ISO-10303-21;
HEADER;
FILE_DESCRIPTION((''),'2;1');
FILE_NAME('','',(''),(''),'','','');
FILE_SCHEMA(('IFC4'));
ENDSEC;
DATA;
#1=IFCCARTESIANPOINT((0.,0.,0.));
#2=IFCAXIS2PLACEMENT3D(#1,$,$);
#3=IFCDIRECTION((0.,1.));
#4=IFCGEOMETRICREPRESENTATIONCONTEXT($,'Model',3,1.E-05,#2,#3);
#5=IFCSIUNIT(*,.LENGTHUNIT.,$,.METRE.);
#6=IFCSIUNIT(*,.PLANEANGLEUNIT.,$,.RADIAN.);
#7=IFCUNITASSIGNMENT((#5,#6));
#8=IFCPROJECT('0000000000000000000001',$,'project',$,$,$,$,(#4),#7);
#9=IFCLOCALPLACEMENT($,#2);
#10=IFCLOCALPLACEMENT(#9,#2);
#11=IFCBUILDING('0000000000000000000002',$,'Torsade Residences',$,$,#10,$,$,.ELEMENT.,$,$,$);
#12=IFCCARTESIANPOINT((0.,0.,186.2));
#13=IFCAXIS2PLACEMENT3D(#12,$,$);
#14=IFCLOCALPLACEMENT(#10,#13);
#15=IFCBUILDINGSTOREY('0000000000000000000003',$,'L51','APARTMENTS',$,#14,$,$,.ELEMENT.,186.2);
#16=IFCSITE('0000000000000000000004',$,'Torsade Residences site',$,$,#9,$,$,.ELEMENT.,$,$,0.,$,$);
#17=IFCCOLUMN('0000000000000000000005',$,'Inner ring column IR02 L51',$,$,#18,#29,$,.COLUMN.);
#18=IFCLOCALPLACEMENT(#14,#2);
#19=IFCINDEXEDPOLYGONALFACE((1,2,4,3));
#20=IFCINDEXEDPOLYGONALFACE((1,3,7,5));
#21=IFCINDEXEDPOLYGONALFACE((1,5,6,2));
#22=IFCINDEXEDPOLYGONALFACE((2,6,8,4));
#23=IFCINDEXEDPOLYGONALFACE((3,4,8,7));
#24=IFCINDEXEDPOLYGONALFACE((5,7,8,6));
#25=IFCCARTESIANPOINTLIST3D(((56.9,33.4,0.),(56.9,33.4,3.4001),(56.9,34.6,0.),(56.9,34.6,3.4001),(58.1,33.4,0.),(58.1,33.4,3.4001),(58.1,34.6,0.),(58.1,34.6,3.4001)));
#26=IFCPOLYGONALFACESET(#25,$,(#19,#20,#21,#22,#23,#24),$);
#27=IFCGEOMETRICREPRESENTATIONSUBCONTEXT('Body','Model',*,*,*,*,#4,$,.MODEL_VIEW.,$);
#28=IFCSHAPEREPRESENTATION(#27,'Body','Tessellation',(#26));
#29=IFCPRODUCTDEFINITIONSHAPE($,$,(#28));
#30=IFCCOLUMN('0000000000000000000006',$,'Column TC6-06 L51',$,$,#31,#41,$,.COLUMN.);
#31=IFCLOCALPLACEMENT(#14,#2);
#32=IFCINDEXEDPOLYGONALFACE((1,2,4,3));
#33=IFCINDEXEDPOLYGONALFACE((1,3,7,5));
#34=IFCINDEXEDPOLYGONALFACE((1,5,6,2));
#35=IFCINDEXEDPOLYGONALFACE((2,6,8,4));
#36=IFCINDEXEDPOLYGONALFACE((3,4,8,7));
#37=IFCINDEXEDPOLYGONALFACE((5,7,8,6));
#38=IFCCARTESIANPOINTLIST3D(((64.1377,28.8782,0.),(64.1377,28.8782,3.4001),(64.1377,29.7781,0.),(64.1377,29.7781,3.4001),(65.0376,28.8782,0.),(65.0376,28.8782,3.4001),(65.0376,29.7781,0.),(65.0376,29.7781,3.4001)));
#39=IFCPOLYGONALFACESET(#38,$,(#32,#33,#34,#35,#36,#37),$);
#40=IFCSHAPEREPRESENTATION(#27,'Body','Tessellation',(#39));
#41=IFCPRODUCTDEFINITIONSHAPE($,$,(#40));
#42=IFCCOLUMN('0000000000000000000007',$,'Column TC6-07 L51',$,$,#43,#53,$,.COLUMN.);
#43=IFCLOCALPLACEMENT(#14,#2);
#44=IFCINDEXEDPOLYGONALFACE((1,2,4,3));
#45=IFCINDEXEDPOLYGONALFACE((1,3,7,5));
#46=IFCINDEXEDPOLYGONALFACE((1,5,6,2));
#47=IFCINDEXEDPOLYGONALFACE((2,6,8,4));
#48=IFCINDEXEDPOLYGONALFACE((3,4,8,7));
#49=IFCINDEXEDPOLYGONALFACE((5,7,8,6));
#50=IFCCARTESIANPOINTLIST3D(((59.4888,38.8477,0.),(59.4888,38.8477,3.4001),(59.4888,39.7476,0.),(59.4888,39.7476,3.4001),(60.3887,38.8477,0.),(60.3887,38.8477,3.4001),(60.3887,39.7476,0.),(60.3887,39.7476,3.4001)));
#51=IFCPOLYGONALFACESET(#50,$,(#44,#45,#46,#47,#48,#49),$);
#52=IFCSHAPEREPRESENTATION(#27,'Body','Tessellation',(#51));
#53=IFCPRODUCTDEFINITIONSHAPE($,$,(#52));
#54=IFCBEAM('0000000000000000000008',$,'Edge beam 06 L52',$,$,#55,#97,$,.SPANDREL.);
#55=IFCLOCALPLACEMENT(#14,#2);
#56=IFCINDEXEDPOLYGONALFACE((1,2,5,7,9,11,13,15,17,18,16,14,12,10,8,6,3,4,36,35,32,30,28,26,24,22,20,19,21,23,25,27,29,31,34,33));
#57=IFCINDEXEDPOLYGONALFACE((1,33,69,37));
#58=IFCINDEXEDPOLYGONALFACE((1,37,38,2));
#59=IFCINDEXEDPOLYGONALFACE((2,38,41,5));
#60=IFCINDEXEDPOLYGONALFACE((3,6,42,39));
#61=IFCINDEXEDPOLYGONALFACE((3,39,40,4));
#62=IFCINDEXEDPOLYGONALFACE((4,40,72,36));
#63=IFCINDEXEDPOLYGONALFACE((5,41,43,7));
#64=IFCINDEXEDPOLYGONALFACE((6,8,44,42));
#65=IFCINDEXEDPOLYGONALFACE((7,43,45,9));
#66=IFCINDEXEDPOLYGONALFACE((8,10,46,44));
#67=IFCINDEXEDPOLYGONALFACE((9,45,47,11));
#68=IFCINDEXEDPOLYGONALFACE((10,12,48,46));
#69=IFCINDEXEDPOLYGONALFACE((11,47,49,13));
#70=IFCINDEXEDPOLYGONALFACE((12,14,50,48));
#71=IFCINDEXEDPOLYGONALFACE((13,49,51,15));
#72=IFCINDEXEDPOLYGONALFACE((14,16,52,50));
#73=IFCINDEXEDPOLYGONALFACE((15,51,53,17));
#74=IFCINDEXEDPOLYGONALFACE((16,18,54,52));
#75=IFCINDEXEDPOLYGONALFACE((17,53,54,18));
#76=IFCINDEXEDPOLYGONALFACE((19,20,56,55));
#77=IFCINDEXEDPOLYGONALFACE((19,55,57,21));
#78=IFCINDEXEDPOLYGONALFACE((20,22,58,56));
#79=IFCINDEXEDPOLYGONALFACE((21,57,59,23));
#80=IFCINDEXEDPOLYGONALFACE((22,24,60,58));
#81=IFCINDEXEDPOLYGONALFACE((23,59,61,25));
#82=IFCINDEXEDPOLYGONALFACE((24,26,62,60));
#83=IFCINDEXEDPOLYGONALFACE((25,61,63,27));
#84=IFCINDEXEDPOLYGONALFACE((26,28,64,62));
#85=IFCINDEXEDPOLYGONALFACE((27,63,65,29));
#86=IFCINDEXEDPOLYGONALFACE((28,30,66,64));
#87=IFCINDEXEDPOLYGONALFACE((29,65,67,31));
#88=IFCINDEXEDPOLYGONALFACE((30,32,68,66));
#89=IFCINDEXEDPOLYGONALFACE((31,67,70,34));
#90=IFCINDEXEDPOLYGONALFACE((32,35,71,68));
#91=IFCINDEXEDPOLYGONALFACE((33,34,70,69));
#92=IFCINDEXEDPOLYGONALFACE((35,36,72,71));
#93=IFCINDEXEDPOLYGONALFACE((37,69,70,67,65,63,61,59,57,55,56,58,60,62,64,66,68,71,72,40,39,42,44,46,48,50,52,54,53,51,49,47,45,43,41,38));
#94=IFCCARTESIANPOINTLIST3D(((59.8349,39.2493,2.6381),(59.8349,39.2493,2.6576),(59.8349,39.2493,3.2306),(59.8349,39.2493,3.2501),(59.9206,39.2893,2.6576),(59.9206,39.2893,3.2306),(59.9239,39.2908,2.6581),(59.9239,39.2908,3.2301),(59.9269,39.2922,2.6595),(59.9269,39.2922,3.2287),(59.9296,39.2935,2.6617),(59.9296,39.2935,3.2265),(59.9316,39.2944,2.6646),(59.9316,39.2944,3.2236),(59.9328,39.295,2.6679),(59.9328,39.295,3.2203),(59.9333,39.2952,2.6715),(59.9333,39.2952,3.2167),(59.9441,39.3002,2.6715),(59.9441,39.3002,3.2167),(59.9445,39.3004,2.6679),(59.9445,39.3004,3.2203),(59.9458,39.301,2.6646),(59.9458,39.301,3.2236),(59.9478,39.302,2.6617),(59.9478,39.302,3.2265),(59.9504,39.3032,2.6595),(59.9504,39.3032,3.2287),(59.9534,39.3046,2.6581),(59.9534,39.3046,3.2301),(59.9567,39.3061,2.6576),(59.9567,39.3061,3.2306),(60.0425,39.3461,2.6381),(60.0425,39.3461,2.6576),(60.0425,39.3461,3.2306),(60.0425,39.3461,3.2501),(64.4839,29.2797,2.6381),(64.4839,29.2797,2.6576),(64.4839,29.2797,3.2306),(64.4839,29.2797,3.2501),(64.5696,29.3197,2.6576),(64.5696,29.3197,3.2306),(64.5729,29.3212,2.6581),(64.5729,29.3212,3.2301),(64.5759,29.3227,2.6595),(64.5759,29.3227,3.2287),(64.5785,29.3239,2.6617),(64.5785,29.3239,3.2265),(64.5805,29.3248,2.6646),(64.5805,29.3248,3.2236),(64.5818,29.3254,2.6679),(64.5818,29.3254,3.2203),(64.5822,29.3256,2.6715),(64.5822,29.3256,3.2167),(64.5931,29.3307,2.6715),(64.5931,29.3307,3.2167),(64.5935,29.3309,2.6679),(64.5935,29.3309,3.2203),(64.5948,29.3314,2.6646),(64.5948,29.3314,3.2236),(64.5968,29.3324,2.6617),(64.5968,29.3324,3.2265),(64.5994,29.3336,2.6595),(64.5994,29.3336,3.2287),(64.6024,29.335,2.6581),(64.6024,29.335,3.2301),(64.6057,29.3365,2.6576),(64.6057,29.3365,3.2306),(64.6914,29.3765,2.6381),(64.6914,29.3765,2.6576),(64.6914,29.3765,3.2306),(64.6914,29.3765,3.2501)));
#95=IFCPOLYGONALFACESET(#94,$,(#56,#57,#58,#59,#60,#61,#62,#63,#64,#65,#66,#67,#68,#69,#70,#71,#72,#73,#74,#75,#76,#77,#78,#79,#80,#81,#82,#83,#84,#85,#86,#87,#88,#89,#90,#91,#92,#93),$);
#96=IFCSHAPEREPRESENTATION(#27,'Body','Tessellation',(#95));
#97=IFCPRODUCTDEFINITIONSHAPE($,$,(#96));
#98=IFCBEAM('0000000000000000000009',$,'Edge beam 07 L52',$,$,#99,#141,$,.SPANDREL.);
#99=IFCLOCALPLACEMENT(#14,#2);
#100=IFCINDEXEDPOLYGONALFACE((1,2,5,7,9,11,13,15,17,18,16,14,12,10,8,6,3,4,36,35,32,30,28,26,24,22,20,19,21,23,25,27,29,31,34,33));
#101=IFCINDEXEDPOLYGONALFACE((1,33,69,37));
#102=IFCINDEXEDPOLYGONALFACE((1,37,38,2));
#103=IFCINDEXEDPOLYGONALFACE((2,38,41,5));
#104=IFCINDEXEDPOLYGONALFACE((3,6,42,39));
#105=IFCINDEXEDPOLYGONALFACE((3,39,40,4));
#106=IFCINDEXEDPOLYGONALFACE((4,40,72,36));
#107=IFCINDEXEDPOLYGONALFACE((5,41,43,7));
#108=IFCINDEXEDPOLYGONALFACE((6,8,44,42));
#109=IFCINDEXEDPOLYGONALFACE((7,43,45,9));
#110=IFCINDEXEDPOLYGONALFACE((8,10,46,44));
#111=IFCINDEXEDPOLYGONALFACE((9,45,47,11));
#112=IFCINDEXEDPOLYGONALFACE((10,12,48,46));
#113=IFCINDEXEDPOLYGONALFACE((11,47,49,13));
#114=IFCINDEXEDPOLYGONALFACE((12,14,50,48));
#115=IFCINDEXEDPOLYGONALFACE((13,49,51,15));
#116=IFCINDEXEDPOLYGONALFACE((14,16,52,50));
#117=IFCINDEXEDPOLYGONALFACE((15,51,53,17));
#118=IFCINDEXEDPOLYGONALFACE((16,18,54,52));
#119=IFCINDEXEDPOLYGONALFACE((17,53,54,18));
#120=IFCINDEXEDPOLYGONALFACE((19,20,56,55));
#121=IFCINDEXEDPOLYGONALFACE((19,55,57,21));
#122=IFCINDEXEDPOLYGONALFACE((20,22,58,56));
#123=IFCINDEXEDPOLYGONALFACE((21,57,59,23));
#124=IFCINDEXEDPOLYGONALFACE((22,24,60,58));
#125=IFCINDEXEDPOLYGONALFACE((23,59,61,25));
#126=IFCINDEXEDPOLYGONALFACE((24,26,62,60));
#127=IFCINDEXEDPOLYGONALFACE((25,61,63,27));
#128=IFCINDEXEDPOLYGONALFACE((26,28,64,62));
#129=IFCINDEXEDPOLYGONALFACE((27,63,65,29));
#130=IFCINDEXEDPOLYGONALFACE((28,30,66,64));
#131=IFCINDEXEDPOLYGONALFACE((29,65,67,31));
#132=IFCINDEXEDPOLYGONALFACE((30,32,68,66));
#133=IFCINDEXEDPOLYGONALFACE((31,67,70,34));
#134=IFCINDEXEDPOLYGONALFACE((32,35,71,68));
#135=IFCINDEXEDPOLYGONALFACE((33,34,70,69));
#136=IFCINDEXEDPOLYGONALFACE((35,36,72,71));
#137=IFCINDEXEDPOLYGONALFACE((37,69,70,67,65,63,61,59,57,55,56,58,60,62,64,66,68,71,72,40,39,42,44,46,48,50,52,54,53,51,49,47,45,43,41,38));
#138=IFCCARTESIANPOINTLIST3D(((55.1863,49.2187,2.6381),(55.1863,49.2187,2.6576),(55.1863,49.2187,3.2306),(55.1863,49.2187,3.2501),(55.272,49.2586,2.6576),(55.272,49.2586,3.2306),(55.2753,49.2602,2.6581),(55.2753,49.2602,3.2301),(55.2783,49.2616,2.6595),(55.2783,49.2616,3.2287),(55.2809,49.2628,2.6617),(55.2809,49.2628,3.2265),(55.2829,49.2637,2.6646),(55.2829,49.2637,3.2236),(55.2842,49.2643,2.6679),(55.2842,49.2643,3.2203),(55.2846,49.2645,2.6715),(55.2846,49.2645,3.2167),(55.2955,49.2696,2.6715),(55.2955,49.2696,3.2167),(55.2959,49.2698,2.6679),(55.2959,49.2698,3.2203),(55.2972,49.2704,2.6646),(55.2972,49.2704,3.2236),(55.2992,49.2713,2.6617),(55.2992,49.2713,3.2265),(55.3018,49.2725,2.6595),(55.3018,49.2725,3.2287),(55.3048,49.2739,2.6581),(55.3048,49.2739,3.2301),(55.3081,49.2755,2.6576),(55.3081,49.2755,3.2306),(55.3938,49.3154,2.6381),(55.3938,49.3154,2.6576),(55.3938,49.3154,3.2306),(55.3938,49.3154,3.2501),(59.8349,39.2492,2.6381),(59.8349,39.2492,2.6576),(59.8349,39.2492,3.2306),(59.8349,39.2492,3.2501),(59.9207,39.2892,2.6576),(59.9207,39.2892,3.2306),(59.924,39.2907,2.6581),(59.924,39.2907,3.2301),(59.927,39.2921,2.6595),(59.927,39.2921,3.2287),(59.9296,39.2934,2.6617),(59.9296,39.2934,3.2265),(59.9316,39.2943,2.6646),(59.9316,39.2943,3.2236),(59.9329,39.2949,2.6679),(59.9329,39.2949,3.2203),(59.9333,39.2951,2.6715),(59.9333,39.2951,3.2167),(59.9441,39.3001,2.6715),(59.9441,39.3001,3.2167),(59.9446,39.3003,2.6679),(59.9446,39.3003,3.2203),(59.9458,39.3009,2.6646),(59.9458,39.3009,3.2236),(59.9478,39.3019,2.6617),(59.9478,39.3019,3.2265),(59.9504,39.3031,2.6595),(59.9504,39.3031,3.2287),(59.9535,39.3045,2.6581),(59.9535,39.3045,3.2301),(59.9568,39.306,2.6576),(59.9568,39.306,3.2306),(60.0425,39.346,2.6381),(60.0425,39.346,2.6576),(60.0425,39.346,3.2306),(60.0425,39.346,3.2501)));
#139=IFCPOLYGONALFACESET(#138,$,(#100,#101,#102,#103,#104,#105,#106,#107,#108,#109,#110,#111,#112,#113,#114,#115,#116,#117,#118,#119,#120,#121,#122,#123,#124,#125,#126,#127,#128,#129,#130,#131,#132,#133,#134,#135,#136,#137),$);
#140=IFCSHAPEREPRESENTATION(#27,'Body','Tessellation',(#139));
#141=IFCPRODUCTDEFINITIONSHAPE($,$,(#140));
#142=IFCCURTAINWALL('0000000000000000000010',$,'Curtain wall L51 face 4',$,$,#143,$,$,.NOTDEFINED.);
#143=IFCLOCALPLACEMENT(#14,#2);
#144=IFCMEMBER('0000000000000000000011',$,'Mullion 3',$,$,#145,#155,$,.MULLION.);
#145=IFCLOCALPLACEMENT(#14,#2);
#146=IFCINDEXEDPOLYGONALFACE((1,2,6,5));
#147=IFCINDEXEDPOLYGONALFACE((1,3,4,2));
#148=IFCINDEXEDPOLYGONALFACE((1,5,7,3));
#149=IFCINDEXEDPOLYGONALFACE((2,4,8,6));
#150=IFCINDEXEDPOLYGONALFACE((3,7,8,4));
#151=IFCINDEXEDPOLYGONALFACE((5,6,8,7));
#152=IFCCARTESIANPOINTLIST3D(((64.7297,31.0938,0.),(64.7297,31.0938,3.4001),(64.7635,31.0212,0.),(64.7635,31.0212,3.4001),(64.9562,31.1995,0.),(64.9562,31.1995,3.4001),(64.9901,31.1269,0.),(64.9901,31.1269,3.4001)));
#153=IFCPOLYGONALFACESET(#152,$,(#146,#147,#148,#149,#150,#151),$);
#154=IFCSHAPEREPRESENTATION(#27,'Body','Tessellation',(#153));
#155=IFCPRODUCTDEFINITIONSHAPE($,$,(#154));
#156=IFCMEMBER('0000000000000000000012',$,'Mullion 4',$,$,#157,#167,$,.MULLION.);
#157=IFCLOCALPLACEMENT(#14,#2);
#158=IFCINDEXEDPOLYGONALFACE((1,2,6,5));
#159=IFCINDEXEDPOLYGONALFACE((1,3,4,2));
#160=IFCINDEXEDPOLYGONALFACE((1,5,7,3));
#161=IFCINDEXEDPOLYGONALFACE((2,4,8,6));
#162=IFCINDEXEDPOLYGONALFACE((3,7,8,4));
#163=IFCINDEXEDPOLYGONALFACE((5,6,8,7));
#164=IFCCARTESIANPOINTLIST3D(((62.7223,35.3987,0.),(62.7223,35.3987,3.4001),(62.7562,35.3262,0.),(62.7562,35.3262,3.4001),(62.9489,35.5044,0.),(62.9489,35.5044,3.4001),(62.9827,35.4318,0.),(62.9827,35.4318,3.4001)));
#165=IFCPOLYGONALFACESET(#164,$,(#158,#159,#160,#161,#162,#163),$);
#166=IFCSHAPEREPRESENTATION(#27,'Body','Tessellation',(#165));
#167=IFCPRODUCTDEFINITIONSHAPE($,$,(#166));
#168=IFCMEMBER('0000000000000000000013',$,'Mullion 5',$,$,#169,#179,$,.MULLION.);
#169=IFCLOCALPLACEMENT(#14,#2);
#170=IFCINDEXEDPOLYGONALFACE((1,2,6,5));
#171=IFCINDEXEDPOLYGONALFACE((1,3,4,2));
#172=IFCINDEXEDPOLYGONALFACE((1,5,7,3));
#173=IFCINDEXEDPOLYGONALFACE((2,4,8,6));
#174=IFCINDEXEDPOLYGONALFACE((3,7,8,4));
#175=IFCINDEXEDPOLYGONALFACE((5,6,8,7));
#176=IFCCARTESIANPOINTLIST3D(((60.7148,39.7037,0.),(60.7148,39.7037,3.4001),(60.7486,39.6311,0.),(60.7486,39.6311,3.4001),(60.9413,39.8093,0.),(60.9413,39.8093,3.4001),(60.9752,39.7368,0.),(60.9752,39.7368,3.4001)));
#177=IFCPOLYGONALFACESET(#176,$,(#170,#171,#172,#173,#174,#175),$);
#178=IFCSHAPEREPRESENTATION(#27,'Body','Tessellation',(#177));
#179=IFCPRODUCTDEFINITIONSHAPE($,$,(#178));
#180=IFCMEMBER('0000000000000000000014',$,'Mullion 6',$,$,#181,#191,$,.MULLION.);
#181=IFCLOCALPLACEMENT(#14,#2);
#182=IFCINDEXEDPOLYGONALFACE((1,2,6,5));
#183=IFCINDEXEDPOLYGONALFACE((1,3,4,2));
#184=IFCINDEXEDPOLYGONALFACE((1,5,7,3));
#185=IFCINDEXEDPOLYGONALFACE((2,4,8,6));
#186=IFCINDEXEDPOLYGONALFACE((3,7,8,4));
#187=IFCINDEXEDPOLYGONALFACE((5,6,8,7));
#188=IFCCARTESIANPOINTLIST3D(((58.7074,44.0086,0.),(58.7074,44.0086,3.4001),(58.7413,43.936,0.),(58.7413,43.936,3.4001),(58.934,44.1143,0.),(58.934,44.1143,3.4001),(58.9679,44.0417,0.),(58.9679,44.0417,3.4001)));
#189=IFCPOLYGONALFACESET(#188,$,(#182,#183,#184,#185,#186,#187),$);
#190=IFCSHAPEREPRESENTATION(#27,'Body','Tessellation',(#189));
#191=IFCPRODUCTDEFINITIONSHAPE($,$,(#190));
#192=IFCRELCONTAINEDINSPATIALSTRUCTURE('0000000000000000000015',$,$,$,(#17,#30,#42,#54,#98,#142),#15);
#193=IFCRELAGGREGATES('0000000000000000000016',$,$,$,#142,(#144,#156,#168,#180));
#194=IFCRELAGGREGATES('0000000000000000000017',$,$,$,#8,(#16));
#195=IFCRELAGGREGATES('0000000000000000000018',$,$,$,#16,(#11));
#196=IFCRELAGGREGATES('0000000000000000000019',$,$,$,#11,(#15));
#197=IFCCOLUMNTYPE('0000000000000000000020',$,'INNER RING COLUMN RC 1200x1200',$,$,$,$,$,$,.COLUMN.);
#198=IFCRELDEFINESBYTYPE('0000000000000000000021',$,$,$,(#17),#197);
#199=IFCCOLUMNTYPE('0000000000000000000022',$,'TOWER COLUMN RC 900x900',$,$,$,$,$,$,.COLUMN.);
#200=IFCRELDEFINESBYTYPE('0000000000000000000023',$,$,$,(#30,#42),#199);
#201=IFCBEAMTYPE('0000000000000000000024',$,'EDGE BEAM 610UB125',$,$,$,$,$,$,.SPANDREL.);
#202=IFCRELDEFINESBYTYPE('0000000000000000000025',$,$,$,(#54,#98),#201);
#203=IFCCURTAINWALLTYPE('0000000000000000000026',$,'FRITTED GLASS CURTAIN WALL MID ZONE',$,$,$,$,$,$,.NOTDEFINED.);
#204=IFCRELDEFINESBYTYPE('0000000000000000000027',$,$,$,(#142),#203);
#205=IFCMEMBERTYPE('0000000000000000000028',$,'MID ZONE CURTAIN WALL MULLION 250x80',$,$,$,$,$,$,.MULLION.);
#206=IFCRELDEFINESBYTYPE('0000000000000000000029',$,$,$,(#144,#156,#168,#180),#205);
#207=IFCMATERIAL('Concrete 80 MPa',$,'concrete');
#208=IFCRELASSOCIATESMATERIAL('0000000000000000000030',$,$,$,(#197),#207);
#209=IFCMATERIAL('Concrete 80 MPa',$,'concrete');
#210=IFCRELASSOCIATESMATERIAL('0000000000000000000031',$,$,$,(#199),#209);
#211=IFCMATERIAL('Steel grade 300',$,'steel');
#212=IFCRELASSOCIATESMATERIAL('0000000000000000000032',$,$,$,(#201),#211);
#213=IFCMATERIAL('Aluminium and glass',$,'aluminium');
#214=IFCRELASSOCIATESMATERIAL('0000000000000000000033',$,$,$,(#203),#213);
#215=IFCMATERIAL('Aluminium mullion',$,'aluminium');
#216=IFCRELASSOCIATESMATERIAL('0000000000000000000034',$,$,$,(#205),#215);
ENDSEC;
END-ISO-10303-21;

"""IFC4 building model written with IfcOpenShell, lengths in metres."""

from ifc_helpers import new_model, si_unit, direction, frame, origin, origin_2d, place, context, subcontext, project, spatial, rectangle, i_section, extrude, material, material_profile, profile_set, type_object, element, aggregate, save


model = new_model("IFC4")

# Units and contexts
model_context = context("Model", 3, precision=1e-05, world=origin(), true_north=direction((0.0, 1.0)))
body_context = subcontext(model_context, "Body", "Model", "MODEL_VIEW")
ifc_project = project(units=[si_unit("LENGTHUNIT", "METRE"), si_unit("PLANEANGLEUNIT", "RADIAN")], contexts=[model_context])

# Site, building, storey
site_placement = place(None, origin())
site = spatial("IfcSite", under=ifc_project, at=site_placement, Name="Torsade Residences site", CompositionType="ELEMENT", RefElevation=0.0)
building_placement = place(site_placement, origin())
building = spatial("IfcBuilding", under=site, at=building_placement, Name="Torsade Residences", CompositionType="ELEMENT")
storey_placement = place(building_placement, frame((0.0, 0.0, 186.2)))
storey = spatial("IfcBuildingStorey", under=building, at=storey_placement, Name="L51", Description="APARTMENTS", CompositionType="ELEMENT", Elevation=186.2)

# Columns
ifc_material_1 = material(Name="Concrete 80 MPa", Category="concrete")
ifc_material_profile_1 = material_profile(ifc_material_1, rectangle(XDim=1.2, YDim=1.2, at=origin_2d()), Name="RC 1200x1200")
ifc_profile_set_1 = profile_set([ifc_material_profile_1], Name="Concrete 80 MPa")
column_type_1 = type_object("IfcColumnType", Name="INNER RING COLUMN RC 1200x1200", PredefinedType="COLUMN", material=ifc_profile_set_1)
column_placement = place(storey_placement, frame((57.5, 34.0, 0.0), z_axis=(0.0, 0.0, 1.0), x_axis=(1.0, 0.0, 0.0)))
element("IfcColumn", 1, at=column_placement, inside=storey, type_object=column_type_1, Name="Inner ring column IR02 L51", PredefinedType="COLUMN", context=body_context, shape_type="SweptSolid", body=[
    extrude(rectangle(XDim=1.2, YDim=1.2, at=origin_2d()), origin(), (0.0, 0.0, 1.0), 3.4001),
])
ifc_material_2 = material(Name="Concrete 80 MPa", Category="concrete")
ifc_material_profile_2 = material_profile(ifc_material_2, rectangle(XDim=0.8999, YDim=0.8999, at=origin_2d()), Name="RC 900x900")
ifc_profile_set_2 = profile_set([ifc_material_profile_2], Name="Concrete 80 MPa")
column_type_2 = type_object("IfcColumnType", Name="TOWER COLUMN RC 900x900", PredefinedType="COLUMN", material=ifc_profile_set_2)
for number, where, z_axis, x_axis, name in (
    (2, (64.5876, 29.3281, 0.0), (0.0, 0.0, 1.0), (1.0, 0.0, 0.0), "Column TC6-06 L51"),
    (3, (59.9387, 39.2976, 0.0), (0.0, 0.0, 1.0), (1.0, 0.0, 0.0), "Column TC6-07 L51"),
):
    element("IfcColumn", number, at=place(storey_placement, frame(where, z_axis=z_axis, x_axis=x_axis)), inside=storey, type_object=column_type_2, Name=name, PredefinedType="COLUMN", context=body_context, shape_type="SweptSolid", body=[
        extrude(rectangle(XDim=0.8999, YDim=0.8999, at=origin_2d()), origin(), (0.0, 0.0, 1.0), 3.4001),
    ])

# Beams
ifc_material_3 = material(Name="Steel grade 300", Category="steel")
ifc_material_profile_3 = material_profile(ifc_material_3, i_section(OverallWidth=0.229, OverallDepth=0.6121, WebThickness=0.012, FlangeThickness=0.0195, FilletRadius=0.0139, at=origin_2d()), Name="610UB125")
ifc_profile_set_3 = profile_set([ifc_material_profile_3], Name="Steel grade 300")
beam_type_1 = type_object("IfcBeamType", Name="EDGE BEAM 610UB125", PredefinedType="SPANDREL", material=ifc_profile_set_3)
beam_1_placement = place(storey_placement, frame((64.5876, 29.3281, 2.9441), z_axis=(-0.422624, 0.906305, 0.0), x_axis=(-0.906305, -0.422624, 0.0)))
element("IfcBeam", 4, at=beam_1_placement, inside=storey, type_object=beam_type_1, Name="Edge beam 06 L52", PredefinedType="SPANDREL", context=body_context, shape_type="SweptSolid", body=[
    extrude(i_section(OverallWidth=0.229, OverallDepth=0.6121, WebThickness=0.012, FlangeThickness=0.0195, FilletRadius=0.0139, at=origin_2d()), origin(), (0.0, 0.0, 1.0), 11.0002),
])
beam_2_placement = place(storey_placement, frame((59.9387, 39.2976, 2.9441), z_axis=(-0.422606, 0.906314, 0.0), x_axis=(-0.906314, -0.422606, 0.0)))
element("IfcBeam", 5, at=beam_2_placement, inside=storey, type_object=beam_type_1, Name="Edge beam 07 L52", PredefinedType="SPANDREL", context=body_context, shape_type="SweptSolid", body=[
    extrude(i_section(OverallWidth=0.229, OverallDepth=0.6121, WebThickness=0.012, FlangeThickness=0.0195, FilletRadius=0.0139, at=origin_2d()), origin(), (0.0, 0.0, 1.0), 11.0),
])

# Curtain wall, members
ifc_material_4 = material(Name="Aluminium and glass", Category="aluminium")
curtain_wall_type = type_object("IfcCurtainWallType", Name="FRITTED GLASS CURTAIN WALL MID ZONE", PredefinedType="NOTDEFINED", material=ifc_material_4)
curtain_wall_placement = place(storey_placement, origin())
curtain_wall = element("IfcCurtainWall", 6, at=curtain_wall_placement, inside=storey, type_object=curtain_wall_type, Name="Curtain wall L51 face 4", PredefinedType="NOTDEFINED")
ifc_material_5 = material(Name="Aluminium mullion", Category="aluminium")
ifc_material_profile_4 = material_profile(ifc_material_5, rectangle(XDim=0.25, YDim=0.0801, at=origin_2d()), Name="MID ZONE CURTAIN WALL MULLION 250x80")
ifc_profile_set_4 = profile_set([ifc_material_profile_4], Name="Aluminium mullion")
member_type_1 = type_object("IfcMemberType", Name="MID ZONE CURTAIN WALL MULLION 250x80", PredefinedType="MULLION", material=ifc_profile_set_4)
member_1_placement = place(storey_placement, frame((64.8599, 31.1104, 0.0), z_axis=(0.0, 0.0, 1.0), x_axis=(-0.906308, -0.422618, 0.0)))
member_1 = element("IfcMember", 7, at=member_1_placement, type_object=member_type_1, Name="Mullion 3", PredefinedType="MULLION", context=body_context, shape_type="SweptSolid", body=[
    extrude(rectangle(XDim=0.25, YDim=0.0801, at=origin_2d()), origin(), (0.0, 0.0, 1.0), 3.4001),
])
member_2_placement = place(storey_placement, frame((62.8525, 35.4153, 0.0), z_axis=(0.0, 0.0, 1.0), x_axis=(-0.906308, -0.422618, 0.0)))
member_2 = element("IfcMember", 8, at=member_2_placement, type_object=member_type_1, Name="Mullion 4", PredefinedType="MULLION", context=body_context, shape_type="SweptSolid", body=[
    extrude(rectangle(XDim=0.25, YDim=0.0801, at=origin_2d()), origin(), (0.0, 0.0, 1.0), 3.4001),
])
member_3_placement = place(storey_placement, frame((60.845, 39.7202, 0.0), z_axis=(0.0, 0.0, 1.0), x_axis=(-0.906308, -0.422618, 0.0)))
member_3 = element("IfcMember", 9, at=member_3_placement, type_object=member_type_1, Name="Mullion 5", PredefinedType="MULLION", context=body_context, shape_type="SweptSolid", body=[
    extrude(rectangle(XDim=0.25, YDim=0.0801, at=origin_2d()), origin(), (0.0, 0.0, 1.0), 3.4001),
])
member_4_placement = place(storey_placement, frame((58.8376, 44.0251, 0.0), z_axis=(0.0, 0.0, 1.0), x_axis=(-0.906308, -0.422618, 0.0)))
member_4 = element("IfcMember", 10, at=member_4_placement, type_object=member_type_1, Name="Mullion 6", PredefinedType="MULLION", context=body_context, shape_type="SweptSolid", body=[
    extrude(rectangle(XDim=0.25, YDim=0.0801, at=origin_2d()), origin(), (0.0, 0.0, 1.0), 3.4001),
])

aggregate(curtain_wall, [member_1, member_2, member_3, member_4])

save(model, "model.ifc")
